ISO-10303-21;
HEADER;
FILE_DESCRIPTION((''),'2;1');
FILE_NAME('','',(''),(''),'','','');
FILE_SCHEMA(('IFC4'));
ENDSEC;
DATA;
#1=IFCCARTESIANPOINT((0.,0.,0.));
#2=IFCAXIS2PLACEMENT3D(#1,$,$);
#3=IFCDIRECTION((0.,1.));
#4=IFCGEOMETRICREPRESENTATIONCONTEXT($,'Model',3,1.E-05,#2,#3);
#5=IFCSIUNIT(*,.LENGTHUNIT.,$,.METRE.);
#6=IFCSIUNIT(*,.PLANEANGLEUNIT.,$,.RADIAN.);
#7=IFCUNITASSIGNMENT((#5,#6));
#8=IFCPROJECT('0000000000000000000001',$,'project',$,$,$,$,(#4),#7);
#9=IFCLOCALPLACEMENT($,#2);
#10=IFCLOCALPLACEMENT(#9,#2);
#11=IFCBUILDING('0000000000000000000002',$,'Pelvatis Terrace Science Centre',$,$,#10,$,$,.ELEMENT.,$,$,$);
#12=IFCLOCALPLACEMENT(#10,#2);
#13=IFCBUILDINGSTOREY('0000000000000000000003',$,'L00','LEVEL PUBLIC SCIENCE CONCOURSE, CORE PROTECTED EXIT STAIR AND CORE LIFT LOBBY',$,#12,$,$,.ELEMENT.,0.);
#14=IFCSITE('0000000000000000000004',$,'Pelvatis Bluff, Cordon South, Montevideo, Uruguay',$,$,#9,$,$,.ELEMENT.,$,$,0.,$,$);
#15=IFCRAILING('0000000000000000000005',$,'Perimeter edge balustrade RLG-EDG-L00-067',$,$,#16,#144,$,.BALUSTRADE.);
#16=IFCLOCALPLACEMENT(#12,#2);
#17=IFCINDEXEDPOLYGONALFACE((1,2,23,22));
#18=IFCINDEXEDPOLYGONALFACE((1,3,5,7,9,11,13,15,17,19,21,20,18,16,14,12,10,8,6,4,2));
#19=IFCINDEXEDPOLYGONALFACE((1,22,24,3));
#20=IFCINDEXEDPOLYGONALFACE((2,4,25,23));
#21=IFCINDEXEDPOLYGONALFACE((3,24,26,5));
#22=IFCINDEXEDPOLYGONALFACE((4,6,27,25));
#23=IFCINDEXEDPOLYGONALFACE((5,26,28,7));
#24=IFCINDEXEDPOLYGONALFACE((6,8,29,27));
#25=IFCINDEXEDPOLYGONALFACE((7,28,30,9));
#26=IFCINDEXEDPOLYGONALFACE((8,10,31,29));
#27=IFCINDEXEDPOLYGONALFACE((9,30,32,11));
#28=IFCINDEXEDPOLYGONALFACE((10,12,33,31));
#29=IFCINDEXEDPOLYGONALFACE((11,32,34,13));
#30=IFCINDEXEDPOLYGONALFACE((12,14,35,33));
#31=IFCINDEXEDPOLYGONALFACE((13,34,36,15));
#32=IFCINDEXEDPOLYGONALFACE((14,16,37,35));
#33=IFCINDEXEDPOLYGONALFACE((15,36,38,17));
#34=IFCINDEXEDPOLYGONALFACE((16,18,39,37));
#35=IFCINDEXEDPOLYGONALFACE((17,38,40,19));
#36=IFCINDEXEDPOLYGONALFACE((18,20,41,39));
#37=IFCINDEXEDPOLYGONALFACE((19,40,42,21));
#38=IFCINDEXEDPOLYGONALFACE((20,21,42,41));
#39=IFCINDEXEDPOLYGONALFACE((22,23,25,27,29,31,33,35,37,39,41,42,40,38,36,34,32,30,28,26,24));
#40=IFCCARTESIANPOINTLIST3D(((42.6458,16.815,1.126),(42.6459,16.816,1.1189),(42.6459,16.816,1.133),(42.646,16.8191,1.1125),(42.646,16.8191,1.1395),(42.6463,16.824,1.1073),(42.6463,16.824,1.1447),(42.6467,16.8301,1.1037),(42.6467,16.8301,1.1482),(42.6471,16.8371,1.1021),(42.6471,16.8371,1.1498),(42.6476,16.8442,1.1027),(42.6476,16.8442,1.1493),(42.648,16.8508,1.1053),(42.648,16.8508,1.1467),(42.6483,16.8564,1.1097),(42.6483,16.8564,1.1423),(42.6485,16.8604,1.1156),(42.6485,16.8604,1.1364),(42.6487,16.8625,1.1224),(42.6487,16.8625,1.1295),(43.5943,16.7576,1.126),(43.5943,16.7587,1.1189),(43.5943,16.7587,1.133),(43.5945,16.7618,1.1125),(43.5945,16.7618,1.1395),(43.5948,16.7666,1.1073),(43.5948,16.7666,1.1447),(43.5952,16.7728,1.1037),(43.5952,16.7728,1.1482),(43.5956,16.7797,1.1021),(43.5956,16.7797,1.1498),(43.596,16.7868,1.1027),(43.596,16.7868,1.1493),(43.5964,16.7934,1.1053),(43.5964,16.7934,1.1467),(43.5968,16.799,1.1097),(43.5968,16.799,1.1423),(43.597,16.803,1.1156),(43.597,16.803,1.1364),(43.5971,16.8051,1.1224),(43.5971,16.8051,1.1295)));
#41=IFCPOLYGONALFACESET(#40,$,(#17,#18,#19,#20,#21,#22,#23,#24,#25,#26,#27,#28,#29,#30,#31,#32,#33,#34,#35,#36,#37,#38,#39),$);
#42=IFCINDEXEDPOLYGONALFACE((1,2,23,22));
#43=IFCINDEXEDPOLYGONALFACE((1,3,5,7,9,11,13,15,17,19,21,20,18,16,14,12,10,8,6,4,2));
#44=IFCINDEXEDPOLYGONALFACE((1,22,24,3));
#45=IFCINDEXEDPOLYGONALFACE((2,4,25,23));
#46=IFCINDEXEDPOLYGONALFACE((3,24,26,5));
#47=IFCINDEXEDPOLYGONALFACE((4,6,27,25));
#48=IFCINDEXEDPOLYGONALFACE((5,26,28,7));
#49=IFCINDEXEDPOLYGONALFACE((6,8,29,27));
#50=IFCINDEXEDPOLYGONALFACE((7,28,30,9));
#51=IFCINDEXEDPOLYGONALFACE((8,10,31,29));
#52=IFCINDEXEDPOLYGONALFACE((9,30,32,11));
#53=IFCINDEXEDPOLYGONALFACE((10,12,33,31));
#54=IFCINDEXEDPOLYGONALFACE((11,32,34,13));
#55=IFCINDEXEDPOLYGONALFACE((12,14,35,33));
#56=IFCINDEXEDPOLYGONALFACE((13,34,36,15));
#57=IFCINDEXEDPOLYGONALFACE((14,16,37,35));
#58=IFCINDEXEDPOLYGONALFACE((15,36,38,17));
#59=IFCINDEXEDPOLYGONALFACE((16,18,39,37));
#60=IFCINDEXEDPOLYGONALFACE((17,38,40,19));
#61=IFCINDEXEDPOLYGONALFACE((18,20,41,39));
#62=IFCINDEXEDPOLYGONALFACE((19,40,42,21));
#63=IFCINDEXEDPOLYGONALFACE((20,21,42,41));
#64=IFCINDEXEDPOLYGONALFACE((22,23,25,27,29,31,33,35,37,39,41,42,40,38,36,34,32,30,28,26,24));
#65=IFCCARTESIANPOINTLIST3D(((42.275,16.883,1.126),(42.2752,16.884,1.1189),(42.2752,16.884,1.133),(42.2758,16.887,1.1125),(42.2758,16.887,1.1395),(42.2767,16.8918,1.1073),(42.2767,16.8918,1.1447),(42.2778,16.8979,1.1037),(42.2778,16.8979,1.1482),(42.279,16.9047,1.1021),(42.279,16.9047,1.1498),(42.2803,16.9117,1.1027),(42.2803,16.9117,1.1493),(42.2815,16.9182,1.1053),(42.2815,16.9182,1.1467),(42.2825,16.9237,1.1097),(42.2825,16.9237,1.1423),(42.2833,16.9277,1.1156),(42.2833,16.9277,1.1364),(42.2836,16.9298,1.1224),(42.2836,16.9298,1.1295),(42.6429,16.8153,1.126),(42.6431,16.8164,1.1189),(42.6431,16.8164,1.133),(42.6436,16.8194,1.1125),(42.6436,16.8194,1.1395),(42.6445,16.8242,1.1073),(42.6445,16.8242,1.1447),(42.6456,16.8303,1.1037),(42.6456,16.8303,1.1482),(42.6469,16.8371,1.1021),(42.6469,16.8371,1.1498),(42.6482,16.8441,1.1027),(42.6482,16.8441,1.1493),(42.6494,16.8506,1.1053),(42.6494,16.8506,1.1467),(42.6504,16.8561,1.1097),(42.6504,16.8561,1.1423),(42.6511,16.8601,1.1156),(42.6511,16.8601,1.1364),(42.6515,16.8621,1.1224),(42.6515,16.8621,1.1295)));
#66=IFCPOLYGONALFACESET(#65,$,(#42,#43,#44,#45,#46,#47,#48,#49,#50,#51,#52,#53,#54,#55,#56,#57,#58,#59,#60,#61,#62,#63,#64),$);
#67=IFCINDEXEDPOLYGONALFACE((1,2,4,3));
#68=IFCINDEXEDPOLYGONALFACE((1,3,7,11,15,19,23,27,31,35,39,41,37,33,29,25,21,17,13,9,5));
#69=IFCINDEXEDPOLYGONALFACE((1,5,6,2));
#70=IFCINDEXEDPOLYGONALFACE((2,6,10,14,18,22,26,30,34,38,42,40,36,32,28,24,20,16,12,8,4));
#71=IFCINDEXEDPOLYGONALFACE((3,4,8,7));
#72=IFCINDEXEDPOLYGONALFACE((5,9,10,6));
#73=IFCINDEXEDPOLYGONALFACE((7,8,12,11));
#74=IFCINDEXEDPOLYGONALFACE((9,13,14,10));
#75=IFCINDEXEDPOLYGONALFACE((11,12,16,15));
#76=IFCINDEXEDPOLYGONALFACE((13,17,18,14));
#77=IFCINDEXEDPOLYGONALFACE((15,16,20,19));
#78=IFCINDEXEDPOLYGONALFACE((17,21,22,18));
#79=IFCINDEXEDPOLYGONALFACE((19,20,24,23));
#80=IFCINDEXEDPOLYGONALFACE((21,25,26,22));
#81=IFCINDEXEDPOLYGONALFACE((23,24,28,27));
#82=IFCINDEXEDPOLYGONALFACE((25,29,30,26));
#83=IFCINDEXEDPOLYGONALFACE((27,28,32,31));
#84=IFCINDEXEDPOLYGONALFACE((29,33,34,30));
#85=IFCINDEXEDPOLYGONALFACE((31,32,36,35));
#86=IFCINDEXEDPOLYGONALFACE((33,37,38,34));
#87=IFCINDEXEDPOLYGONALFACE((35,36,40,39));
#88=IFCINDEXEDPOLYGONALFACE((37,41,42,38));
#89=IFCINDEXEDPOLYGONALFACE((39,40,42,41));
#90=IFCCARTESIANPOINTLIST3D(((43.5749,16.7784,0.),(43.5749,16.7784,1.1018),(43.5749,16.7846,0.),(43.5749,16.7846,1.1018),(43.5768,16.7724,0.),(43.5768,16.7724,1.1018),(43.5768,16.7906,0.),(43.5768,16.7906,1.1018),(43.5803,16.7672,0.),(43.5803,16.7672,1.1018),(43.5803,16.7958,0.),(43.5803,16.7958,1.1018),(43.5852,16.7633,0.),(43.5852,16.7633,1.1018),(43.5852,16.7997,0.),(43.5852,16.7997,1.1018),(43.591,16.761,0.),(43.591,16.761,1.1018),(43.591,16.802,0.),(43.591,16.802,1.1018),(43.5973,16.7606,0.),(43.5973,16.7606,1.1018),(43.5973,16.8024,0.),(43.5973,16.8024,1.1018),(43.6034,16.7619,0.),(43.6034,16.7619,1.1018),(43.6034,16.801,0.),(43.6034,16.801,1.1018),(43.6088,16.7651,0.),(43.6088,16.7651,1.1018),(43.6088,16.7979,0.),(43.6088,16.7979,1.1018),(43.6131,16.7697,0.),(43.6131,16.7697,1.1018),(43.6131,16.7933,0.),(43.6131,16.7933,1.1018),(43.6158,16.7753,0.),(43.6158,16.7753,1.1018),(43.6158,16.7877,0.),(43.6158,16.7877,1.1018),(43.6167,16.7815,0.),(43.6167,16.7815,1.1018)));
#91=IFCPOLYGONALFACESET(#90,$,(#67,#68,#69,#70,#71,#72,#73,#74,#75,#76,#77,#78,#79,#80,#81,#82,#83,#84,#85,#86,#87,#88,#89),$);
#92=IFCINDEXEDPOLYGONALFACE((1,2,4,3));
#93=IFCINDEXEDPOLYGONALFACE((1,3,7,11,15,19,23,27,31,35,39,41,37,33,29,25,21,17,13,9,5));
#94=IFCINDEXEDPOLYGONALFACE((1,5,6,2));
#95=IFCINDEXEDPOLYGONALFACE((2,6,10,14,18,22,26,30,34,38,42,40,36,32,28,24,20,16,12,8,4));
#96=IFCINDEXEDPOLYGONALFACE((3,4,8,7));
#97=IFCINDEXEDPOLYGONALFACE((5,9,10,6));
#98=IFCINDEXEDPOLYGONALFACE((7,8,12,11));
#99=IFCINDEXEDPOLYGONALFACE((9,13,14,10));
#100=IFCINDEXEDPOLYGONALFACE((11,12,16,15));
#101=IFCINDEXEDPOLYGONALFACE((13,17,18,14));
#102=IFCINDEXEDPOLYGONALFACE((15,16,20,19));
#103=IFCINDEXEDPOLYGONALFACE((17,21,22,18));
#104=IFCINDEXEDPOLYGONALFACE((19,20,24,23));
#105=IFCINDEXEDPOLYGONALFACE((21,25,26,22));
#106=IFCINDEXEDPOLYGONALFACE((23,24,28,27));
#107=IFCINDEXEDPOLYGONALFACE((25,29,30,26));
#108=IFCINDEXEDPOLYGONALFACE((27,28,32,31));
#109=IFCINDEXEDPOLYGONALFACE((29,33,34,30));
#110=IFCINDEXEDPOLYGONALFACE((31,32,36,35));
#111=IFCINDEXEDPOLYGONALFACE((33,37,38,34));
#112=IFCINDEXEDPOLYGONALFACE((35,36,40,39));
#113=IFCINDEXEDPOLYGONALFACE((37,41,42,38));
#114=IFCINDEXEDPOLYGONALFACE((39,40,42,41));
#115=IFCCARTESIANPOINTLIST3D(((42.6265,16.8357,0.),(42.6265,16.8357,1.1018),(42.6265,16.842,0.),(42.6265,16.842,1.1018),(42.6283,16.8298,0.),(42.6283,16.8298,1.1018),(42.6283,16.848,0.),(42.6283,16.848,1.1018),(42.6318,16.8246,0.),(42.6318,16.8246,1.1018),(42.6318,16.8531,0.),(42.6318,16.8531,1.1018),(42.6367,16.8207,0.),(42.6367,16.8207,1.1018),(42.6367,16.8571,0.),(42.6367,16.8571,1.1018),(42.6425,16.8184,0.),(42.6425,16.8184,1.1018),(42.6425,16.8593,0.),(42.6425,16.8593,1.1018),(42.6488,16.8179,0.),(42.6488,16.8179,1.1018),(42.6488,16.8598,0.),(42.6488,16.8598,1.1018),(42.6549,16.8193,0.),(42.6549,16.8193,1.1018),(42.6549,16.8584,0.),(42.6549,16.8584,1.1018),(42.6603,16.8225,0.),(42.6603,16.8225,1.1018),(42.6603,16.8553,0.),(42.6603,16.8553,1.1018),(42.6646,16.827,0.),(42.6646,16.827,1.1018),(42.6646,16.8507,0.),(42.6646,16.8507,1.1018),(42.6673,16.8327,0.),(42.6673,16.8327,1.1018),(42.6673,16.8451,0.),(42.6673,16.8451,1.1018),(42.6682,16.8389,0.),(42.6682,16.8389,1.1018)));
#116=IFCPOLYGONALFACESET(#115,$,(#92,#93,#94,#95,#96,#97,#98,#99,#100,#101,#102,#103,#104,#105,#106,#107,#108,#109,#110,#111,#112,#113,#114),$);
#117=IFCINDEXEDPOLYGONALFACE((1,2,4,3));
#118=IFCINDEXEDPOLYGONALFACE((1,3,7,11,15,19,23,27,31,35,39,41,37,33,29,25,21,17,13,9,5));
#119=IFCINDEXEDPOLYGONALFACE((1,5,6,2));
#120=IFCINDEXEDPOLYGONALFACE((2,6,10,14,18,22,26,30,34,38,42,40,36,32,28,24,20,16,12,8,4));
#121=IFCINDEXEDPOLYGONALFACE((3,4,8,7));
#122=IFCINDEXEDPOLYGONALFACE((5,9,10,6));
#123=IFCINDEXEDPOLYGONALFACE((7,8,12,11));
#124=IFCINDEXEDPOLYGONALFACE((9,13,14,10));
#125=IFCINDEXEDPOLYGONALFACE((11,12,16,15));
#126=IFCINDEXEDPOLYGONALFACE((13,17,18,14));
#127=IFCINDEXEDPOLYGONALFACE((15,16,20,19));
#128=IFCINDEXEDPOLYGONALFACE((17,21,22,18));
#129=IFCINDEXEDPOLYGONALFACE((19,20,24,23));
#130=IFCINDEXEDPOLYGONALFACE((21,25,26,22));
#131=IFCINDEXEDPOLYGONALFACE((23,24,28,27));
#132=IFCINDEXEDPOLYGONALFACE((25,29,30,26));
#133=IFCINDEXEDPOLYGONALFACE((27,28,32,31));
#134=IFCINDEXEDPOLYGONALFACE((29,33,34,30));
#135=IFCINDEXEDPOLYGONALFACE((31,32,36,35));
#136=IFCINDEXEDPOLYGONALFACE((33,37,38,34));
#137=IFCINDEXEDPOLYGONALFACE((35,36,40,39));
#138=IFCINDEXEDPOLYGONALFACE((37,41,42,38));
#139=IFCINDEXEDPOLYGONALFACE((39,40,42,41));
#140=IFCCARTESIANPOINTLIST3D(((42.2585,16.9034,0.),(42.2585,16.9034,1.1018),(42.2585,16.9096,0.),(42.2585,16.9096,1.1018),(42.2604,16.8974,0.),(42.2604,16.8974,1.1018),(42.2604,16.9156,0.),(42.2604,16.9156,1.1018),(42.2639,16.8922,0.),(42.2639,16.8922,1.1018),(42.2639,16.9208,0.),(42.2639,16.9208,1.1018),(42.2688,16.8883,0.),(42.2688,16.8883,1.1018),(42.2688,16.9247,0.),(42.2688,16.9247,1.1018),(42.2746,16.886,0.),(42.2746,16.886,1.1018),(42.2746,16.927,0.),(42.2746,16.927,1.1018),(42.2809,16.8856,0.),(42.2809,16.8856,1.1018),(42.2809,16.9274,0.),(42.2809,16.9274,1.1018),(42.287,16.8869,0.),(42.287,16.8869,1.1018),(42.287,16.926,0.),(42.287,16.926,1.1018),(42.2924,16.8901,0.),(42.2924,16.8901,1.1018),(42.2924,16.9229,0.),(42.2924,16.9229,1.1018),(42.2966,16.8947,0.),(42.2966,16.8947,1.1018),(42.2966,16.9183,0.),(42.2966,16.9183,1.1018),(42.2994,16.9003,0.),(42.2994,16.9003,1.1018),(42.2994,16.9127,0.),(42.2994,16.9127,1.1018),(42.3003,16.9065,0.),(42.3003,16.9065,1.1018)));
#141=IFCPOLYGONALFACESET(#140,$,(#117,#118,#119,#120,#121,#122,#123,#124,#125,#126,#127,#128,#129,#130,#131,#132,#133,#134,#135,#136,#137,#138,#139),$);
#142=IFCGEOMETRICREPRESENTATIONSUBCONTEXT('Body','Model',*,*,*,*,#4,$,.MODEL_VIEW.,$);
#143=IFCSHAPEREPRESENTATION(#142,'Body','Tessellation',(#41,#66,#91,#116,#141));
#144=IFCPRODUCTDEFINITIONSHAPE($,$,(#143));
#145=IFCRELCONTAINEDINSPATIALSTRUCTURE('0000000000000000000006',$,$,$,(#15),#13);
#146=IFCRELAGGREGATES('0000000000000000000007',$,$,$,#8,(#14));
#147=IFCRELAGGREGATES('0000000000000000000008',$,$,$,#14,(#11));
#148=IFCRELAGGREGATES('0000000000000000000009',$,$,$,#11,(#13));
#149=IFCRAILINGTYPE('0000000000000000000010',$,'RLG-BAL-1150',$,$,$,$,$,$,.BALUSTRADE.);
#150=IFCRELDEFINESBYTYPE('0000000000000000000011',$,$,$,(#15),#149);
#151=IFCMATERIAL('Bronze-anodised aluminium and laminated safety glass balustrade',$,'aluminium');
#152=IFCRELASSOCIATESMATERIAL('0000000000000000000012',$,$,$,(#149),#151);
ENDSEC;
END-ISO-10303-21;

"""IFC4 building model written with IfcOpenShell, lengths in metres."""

from ifc_helpers import new_model, si_unit, direction, frame, origin, origin_2d, place, context, subcontext, project, spatial, circle, extrude, material, type_object, element, save


model = new_model("IFC4")

# Units and contexts
model_context = context("Model", 3, precision=1e-05, world=origin(), true_north=direction((0.0, 1.0)))
body_context = subcontext(model_context, "Body", "Model", "MODEL_VIEW")
ifc_project = project(units=[si_unit("LENGTHUNIT", "METRE"), si_unit("PLANEANGLEUNIT", "RADIAN")], contexts=[model_context])

# Site, building, storey
site_placement = place(None, origin())
site = spatial("IfcSite", under=ifc_project, at=site_placement, Name="Pelvatis Bluff, Cordon South, Montevideo, Uruguay", CompositionType="ELEMENT", RefElevation=0.0)
building_placement = place(site_placement, origin())
building = spatial("IfcBuilding", under=site, at=building_placement, Name="Pelvatis Terrace Science Centre", CompositionType="ELEMENT")
storey_placement = place(building_placement, origin())
storey = spatial("IfcBuildingStorey", under=building, at=storey_placement, Name="L00", Description="LEVEL PUBLIC SCIENCE CONCOURSE, CORE PROTECTED EXIT STAIR AND CORE LIFT LOBBY", CompositionType="ELEMENT", Elevation=0.0)

# Railing
ifc_material_1 = material(Name="Bronze-anodised aluminium and laminated safety glass balustrade", Category="aluminium")
railing_type = type_object("IfcRailingType", Name="RLG-BAL-1150", PredefinedType="BALUSTRADE", material=ifc_material_1)
railing_1_placement = place(storey_placement, frame((43.5957, 16.7815, 0.0)))
element("IfcRailing", 1, at=railing_1_placement, inside=storey, type_object=railing_type, Name="Perimeter edge balustrade RLG-EDG-L00-067", PredefinedType="BALUSTRADE", context=body_context, shape_type="SweptSolid", body=[
    extrude(circle(Radius=0.0239, at=origin_2d()), frame((0.0, 0.0, 1.126), z_axis=(-0.998176, 0.060379, 0.0), x_axis=(-0.060379, -0.998176, 0.0)), (0.0, 0.0, 1.0), 0.9502),
    extrude(circle(Radius=0.0239, at=origin_2d()), frame((-0.9485, 0.0574, 1.126), z_axis=(-0.983523, 0.18078, 0.0), x_axis=(-0.18078, -0.983523, 0.0)), (0.0, 0.0, 1.0), 0.374),
    extrude(circle(Radius=0.021, at=origin_2d()), origin(), (0.0, 0.0, 1.0), 1.1018),
    extrude(circle(Radius=0.021, at=origin_2d()), frame((-0.9485, 0.0574, 0.0)), (0.0, 0.0, 1.0), 1.1018),
    extrude(circle(Radius=0.021, at=origin_2d()), frame((-1.3164, 0.125, 0.0)), (0.0, 0.0, 1.0), 1.1018),
])

save(model, "model.ifc")
